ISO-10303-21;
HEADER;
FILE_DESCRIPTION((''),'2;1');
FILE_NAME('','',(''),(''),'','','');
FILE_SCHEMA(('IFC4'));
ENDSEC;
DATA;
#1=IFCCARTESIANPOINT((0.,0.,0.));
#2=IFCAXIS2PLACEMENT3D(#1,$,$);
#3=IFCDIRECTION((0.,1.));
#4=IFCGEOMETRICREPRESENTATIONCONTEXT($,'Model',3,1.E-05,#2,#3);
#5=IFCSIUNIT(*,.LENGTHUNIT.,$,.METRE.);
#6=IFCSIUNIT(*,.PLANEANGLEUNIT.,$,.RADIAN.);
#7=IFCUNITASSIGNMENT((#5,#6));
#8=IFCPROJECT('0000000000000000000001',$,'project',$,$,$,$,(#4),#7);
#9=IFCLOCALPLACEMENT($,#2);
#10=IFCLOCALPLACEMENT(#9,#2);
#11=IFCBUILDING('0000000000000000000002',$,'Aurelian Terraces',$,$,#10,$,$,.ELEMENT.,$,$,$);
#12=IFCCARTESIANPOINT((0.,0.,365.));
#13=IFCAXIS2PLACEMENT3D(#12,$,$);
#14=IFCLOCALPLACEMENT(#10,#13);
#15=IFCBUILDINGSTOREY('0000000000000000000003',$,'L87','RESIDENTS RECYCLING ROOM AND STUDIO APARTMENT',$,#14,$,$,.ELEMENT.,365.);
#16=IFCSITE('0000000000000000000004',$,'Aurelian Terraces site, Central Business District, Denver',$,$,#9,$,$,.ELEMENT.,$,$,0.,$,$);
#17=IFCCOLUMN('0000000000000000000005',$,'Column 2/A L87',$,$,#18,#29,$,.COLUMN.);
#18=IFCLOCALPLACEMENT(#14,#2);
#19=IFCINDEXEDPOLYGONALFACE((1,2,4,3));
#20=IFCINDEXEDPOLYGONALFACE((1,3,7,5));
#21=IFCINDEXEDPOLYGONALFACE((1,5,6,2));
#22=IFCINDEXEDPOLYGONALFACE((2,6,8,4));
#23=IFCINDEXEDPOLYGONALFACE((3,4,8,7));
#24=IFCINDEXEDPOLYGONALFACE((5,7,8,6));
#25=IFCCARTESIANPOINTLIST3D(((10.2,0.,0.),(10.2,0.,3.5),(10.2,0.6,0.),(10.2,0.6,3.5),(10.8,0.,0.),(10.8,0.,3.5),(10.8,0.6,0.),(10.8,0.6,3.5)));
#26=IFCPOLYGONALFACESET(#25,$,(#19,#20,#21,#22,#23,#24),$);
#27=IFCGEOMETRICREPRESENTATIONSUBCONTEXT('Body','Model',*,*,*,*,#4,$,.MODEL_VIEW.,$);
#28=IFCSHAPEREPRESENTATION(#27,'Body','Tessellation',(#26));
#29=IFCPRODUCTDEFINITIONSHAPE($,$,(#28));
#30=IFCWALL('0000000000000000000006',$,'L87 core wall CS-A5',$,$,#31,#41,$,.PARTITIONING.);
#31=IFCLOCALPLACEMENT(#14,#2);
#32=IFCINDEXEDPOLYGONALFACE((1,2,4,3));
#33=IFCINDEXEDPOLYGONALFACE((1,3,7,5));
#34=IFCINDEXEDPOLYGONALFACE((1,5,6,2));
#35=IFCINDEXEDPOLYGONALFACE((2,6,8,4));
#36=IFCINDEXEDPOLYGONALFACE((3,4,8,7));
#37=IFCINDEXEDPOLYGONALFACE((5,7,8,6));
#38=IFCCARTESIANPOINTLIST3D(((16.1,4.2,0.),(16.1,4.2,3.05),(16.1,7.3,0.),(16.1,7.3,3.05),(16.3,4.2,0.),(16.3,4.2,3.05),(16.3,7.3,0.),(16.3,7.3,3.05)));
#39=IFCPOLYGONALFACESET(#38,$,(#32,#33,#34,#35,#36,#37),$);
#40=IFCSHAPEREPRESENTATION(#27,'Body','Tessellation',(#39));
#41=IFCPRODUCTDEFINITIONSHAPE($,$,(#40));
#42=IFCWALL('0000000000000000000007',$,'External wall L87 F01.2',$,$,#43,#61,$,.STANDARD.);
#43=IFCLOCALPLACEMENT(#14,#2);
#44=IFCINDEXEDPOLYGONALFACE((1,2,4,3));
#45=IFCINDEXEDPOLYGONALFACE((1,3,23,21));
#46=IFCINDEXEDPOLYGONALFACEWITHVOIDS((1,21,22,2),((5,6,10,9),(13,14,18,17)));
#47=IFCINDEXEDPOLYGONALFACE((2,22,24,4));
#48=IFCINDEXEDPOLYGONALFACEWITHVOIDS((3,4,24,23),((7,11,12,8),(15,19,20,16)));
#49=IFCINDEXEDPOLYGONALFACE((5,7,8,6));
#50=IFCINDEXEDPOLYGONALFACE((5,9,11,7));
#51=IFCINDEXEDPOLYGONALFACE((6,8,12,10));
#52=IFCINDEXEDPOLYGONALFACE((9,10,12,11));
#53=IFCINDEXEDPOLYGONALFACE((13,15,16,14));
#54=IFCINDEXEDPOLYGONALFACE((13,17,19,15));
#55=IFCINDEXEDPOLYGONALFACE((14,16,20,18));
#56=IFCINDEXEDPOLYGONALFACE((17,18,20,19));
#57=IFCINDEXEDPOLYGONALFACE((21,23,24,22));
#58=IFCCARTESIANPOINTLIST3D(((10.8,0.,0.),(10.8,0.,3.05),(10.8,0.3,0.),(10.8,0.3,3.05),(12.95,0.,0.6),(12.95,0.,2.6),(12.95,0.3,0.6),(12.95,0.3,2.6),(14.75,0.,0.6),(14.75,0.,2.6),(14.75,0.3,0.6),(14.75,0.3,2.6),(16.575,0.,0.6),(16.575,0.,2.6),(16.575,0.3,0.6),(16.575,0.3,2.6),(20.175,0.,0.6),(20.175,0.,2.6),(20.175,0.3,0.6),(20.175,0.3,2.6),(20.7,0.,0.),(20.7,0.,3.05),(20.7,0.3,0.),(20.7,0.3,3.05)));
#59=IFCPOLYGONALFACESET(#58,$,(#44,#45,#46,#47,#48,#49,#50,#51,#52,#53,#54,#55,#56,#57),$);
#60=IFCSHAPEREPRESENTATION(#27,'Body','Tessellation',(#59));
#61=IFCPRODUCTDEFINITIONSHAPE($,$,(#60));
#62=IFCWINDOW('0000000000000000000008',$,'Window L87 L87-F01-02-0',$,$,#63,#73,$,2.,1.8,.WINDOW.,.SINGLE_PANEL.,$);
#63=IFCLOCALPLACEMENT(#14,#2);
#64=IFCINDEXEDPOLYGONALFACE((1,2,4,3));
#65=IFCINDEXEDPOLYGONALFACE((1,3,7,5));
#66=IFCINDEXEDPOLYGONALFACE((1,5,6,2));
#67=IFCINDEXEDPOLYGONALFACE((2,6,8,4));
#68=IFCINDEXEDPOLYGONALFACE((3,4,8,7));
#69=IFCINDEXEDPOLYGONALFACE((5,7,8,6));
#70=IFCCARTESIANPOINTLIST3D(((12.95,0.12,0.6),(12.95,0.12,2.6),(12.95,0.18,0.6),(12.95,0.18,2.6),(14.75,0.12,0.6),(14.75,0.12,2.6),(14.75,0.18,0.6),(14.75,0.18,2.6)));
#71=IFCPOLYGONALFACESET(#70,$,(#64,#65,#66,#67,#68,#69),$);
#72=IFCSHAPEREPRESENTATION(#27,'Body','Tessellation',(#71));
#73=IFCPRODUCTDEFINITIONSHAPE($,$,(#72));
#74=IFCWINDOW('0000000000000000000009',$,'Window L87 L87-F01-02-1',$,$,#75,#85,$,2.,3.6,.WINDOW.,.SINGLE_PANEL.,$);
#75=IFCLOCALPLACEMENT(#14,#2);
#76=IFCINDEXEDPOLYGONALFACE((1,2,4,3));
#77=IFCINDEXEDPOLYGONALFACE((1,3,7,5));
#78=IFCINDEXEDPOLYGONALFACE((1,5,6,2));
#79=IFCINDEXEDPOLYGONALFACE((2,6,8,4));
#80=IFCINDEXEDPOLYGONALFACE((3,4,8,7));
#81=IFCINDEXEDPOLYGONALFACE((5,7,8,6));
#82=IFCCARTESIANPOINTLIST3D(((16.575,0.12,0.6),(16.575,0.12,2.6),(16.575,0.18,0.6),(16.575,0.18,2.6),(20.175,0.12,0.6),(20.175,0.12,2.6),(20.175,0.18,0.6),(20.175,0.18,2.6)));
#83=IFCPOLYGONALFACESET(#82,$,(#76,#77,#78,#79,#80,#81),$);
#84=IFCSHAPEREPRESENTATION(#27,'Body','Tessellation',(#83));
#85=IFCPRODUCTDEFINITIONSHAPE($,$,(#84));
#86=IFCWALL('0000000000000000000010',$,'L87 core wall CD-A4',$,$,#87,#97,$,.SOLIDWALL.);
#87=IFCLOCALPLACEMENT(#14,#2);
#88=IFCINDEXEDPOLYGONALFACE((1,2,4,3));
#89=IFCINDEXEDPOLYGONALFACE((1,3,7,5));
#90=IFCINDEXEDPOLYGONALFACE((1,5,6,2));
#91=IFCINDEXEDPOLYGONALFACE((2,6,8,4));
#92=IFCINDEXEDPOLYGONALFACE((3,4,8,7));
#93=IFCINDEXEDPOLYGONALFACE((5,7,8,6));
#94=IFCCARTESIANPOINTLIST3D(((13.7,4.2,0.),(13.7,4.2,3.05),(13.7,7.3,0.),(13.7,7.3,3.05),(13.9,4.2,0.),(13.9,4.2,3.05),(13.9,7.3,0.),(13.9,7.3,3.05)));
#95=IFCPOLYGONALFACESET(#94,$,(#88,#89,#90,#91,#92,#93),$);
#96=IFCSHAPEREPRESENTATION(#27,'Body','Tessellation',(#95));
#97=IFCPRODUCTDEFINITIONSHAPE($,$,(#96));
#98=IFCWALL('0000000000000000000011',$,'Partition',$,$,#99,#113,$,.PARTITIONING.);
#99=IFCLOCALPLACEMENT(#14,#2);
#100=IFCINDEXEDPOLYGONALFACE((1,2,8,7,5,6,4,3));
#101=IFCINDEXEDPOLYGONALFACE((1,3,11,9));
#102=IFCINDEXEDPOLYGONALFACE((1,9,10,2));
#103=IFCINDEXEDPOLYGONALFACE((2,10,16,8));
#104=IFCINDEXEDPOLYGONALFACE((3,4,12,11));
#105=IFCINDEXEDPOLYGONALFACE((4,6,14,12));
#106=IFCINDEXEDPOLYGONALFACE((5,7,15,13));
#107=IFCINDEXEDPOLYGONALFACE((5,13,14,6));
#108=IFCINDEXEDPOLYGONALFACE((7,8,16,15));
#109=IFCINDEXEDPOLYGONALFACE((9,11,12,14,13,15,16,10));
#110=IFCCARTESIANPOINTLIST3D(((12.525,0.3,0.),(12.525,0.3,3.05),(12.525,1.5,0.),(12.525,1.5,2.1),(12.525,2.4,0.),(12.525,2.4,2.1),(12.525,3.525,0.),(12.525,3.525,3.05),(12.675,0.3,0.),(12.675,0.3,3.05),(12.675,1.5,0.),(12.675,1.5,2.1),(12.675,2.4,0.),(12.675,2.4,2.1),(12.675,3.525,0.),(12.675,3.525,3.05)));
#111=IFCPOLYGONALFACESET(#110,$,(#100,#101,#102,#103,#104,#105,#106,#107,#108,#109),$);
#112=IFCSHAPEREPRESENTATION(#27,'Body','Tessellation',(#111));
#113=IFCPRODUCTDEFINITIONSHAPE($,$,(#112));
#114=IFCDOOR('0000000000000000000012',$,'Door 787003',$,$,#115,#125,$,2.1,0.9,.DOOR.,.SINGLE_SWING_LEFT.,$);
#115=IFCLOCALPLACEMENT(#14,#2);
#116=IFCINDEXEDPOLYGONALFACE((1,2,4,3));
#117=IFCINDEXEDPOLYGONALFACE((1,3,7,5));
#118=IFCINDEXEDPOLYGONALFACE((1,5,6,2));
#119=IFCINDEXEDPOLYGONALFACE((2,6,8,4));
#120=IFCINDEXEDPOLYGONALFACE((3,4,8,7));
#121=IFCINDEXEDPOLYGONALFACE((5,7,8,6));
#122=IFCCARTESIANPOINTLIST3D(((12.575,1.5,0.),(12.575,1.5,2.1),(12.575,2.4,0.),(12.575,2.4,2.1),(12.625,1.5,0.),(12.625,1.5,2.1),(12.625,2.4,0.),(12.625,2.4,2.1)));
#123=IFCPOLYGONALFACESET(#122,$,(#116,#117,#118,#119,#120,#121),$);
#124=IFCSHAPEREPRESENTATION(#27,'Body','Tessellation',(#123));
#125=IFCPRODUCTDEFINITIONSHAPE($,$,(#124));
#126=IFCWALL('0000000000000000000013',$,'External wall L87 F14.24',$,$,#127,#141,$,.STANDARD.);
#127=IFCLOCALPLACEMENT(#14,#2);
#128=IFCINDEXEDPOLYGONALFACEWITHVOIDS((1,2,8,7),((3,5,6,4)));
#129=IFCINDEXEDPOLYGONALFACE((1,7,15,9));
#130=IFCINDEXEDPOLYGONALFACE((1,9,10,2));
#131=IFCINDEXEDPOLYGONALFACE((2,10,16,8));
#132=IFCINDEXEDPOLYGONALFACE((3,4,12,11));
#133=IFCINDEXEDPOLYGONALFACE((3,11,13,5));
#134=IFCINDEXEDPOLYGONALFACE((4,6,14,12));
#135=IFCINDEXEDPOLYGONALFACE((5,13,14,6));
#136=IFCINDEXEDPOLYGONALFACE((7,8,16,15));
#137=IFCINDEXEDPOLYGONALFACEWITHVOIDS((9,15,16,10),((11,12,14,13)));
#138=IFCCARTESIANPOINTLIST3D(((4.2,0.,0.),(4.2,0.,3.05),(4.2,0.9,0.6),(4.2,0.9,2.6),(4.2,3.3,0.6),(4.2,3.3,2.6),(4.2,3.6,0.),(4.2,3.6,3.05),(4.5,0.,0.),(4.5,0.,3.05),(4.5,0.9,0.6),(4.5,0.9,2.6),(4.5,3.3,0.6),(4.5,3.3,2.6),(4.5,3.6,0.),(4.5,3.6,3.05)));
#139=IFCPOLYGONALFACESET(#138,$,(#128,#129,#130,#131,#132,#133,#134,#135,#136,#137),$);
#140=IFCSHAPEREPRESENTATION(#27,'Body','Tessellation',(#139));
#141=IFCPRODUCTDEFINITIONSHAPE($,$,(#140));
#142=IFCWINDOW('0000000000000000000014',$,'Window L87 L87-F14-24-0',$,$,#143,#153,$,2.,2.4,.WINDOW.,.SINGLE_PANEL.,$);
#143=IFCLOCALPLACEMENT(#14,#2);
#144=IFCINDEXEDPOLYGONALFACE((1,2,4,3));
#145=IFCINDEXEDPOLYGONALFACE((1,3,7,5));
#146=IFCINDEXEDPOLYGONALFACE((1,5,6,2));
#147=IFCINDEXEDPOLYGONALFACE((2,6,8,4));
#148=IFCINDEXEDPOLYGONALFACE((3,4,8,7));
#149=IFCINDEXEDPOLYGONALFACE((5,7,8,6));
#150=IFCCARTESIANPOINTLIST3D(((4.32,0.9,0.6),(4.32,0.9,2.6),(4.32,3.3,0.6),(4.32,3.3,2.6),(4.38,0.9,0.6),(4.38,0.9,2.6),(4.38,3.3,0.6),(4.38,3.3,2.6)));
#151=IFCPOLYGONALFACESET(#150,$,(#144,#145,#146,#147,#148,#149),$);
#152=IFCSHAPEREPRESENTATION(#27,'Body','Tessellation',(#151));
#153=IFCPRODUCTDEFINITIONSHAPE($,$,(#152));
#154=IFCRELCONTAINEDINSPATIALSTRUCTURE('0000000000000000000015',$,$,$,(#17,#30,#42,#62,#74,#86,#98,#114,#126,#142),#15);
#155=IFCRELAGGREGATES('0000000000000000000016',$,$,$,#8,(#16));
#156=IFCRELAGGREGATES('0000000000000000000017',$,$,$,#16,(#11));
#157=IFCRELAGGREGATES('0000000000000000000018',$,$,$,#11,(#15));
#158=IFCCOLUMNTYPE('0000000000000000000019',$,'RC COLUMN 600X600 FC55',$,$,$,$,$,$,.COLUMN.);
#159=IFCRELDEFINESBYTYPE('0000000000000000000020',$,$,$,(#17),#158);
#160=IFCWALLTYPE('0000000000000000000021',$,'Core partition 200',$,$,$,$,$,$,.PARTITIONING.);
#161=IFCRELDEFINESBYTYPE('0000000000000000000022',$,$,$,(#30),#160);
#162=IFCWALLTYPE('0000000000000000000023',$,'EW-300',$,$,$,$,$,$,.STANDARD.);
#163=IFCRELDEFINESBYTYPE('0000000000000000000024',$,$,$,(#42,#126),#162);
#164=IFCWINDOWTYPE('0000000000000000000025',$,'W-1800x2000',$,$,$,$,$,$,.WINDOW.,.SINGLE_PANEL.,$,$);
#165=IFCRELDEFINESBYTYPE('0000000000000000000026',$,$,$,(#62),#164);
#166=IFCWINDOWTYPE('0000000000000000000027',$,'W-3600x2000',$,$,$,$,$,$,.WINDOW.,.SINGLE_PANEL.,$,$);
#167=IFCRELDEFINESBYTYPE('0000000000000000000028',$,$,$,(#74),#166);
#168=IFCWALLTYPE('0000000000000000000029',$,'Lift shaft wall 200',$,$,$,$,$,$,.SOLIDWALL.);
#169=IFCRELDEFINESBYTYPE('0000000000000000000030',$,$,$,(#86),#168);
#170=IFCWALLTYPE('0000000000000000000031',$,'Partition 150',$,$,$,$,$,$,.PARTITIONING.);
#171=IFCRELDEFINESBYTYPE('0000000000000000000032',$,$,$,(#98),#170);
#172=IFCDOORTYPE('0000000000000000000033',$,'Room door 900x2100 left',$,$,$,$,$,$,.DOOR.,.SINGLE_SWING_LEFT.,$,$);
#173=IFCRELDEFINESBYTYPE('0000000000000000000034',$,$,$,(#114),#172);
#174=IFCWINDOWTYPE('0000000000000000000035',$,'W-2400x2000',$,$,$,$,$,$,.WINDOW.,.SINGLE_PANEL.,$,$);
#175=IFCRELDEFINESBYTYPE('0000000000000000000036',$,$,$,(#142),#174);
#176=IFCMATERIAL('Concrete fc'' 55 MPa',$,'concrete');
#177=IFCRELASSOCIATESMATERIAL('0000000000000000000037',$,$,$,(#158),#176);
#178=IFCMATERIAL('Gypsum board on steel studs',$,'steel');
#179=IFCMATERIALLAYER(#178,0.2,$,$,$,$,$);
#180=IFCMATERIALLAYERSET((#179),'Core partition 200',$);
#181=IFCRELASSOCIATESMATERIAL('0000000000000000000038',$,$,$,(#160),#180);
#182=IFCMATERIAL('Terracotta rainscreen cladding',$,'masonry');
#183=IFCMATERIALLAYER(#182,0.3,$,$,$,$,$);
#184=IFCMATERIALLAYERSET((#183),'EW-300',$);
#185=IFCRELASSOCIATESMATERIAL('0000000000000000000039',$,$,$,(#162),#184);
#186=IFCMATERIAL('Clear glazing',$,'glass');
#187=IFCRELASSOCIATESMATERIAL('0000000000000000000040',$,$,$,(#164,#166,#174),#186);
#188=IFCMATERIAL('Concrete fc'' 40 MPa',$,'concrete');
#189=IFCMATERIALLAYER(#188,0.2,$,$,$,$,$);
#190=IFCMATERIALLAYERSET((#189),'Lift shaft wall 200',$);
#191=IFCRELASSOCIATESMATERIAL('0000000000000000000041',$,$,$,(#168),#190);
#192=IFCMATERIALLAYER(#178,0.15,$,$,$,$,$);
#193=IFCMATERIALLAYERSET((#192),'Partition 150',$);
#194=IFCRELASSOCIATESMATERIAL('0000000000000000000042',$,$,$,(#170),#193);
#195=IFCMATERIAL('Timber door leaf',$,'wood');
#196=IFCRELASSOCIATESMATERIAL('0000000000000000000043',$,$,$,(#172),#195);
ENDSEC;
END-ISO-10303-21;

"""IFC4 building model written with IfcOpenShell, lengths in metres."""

from ifc_helpers import new_model, si_unit, direction, frame, frame_2d, origin, origin_2d, place, context, subcontext, project, spatial, rectangle, extrude, source, transform, mapped, material, layer, layer_set, material_profile, profile_set, type_object, element, fill, save


model = new_model("IFC4")

# Units and contexts
model_context = context("Model", 3, precision=1e-05, world=origin(), true_north=direction((0.0, 1.0)))
body_context = subcontext(model_context, "Body", "Model", "MODEL_VIEW")
ifc_project = project(units=[si_unit("LENGTHUNIT", "METRE"), si_unit("PLANEANGLEUNIT", "RADIAN")], contexts=[model_context])

# Site, building, storey
site_placement = place(None, origin())
site = spatial("IfcSite", under=ifc_project, at=site_placement, Name="Aurelian Terraces site, Central Business District, Denver", CompositionType="ELEMENT", RefElevation=0.0)
building_placement = place(site_placement, origin())
building = spatial("IfcBuilding", under=site, at=building_placement, Name="Aurelian Terraces", CompositionType="ELEMENT")
storey_placement = place(building_placement, frame((0.0, 0.0, 365.0)))
storey = spatial("IfcBuildingStorey", under=building, at=storey_placement, Name="L87", Description="RESIDENTS RECYCLING ROOM AND STUDIO APARTMENT", CompositionType="ELEMENT", Elevation=365.0)

# Column
ifc_material_1 = material(Name="Concrete fc' 55 MPa", Category="concrete")
ifc_material_profile = material_profile(ifc_material_1, rectangle(XDim=0.6, YDim=0.6, at=origin_2d()))
ifc_profile_set = profile_set([ifc_material_profile], Name="Concrete fc' 55 MPa")
column_type = type_object("IfcColumnType", Name="RC COLUMN 600X600 FC55", PredefinedType="COLUMN", material=ifc_profile_set)
shared_shape_1 = source(origin(), body_context, "Body", "SweptSolid", [
    extrude(rectangle(XDim=0.6, YDim=0.6, at=origin_2d()), origin(), (0.0, 0.0, 1.0), 3.5),
])
column_placement = place(storey_placement, frame((10.5, 0.3, 0.0), z_axis=(0.0, 0.0, 1.0), x_axis=(1.0, 0.0, 0.0)))
element("IfcColumn", 1, at=column_placement, inside=storey, type_object=column_type, Name="Column 2/A L87", PredefinedType="COLUMN", context=body_context, shape_type="MappedRepresentation", body=[
    mapped(shared_shape_1, transform((0.0, 0.0, 0.0), scale=1.0)),
])

# Wall
ifc_material_2 = material(Name="Gypsum board on steel studs", Category="steel")
ifc_layer_1 = layer(ifc_material_2, 0.2)
ifc_layer_set_1 = layer_set([ifc_layer_1], Name="Core partition 200")
wall_type_1 = type_object("IfcWallType", Name="Core partition 200", PredefinedType="PARTITIONING", material=ifc_layer_set_1)
wall_1_placement = place(storey_placement, frame((16.2, 4.2, 0.0), z_axis=(0.0, 0.0, 1.0), x_axis=(0.0, 1.0, 0.0)))
element("IfcWall", 2, at=wall_1_placement, inside=storey, type_object=wall_type_1, Name="L87 core wall CS-A5", PredefinedType="PARTITIONING", context=body_context, shape_type="SweptSolid", body=[
    extrude(rectangle(XDim=3.1, YDim=0.2, at=frame_2d((1.55, 0.0))), origin(), (0.0, 0.0, 1.0), 3.05),
])

# Wall, openings, windows
ifc_material_3 = material(Name="Terracotta rainscreen cladding", Category="masonry")
ifc_layer_2 = layer(ifc_material_3, 0.3)
ifc_layer_set_2 = layer_set([ifc_layer_2], Name="EW-300")
wall_type_2 = type_object("IfcWallType", Name="EW-300", PredefinedType="STANDARD", material=ifc_layer_set_2)
wall_2_placement = place(storey_placement, frame((10.8, 0.15, 0.0), z_axis=(0.0, 0.0, 1.0), x_axis=(1.0, 0.0, 0.0)))
wall_2 = element("IfcWall", 3, at=wall_2_placement, inside=storey, type_object=wall_type_2, Name="External wall L87 F01.2", PredefinedType="STANDARD", context=body_context, shape_type="SweptSolid", body=[
    extrude(rectangle(XDim=9.9, YDim=0.3, at=frame_2d((4.95, 0.0))), origin(), (0.0, 0.0, 1.0), 3.05),
])
shared_shape_2 = source(origin(), body_context, "Body", "SweptSolid", [
    extrude(rectangle(XDim=1.8, YDim=2.0, at=frame_2d((0.9, 1.0))), frame((0.0, 0.16, 0.0), z_axis=(0.0, -1.0, 0.0), x_axis=(1.0, 0.0, 0.0)), (0.0, 0.0, 1.0), 0.32),
])
opening_1_placement = place(wall_2_placement, frame((2.15, 0.0, 0.6)))
opening_1 = element("IfcOpeningElement", 4, at=opening_1_placement, cuts=wall_2, PredefinedType="OPENING", context=body_context, shape_type="MappedRepresentation", body=[
    mapped(shared_shape_2, transform((0.0, 0.0, 0.0), scale=1.0)),
])
shared_shape_3 = source(origin(), body_context, "Body", "SweptSolid", [
    extrude(rectangle(XDim=3.6, YDim=2.0, at=frame_2d((1.8, 1.0))), frame((0.0, 0.16, 0.0), z_axis=(0.0, -1.0, 0.0), x_axis=(1.0, 0.0, 0.0)), (0.0, 0.0, 1.0), 0.32),
])
opening_2_placement = place(wall_2_placement, frame((5.775, 0.0, 0.6)))
opening_2 = element("IfcOpeningElement", 5, at=opening_2_placement, cuts=wall_2, PredefinedType="OPENING", context=body_context, shape_type="MappedRepresentation", body=[
    mapped(shared_shape_3, transform((0.0, 0.0, 0.0), scale=1.0)),
])
ifc_material_4 = material(Name="Clear glazing", Category="glass")
window_type_1 = type_object("IfcWindowType", Name="W-1800x2000", PartitioningType="SINGLE_PANEL", PredefinedType="WINDOW", material=ifc_material_4)
shared_shape_4 = source(origin(), body_context, "Body", "SweptSolid", [
    extrude(rectangle(XDim=1.8, YDim=2.0, at=frame_2d((0.9, 1.0))), frame((0.0, 0.03, 0.0), z_axis=(0.0, -1.0, 0.0), x_axis=(1.0, 0.0, 0.0)), (0.0, 0.0, 1.0), 0.06),
])
window_1_placement = place(opening_1_placement, origin())
window_1 = element("IfcWindow", 6, at=window_1_placement, inside=storey, type_object=window_type_1, Name="Window L87 L87-F01-02-0", OverallHeight=2.0, OverallWidth=1.8, PartitioningType="SINGLE_PANEL", PredefinedType="WINDOW", context=body_context, shape_type="MappedRepresentation", body=[
    mapped(shared_shape_4, transform((0.0, 0.0, 0.0), scale=1.0)),
])
fill(opening_1, window_1)
window_type_2 = type_object("IfcWindowType", Name="W-3600x2000", PartitioningType="SINGLE_PANEL", PredefinedType="WINDOW", material=ifc_material_4)
shared_shape_5 = source(origin(), body_context, "Body", "SweptSolid", [
    extrude(rectangle(XDim=3.6, YDim=2.0, at=frame_2d((1.8, 1.0))), frame((0.0, 0.03, 0.0), z_axis=(0.0, -1.0, 0.0), x_axis=(1.0, 0.0, 0.0)), (0.0, 0.0, 1.0), 0.06),
])
window_2_placement = place(opening_2_placement, origin())
window_2 = element("IfcWindow", 7, at=window_2_placement, inside=storey, type_object=window_type_2, Name="Window L87 L87-F01-02-1", OverallHeight=2.0, OverallWidth=3.6, PartitioningType="SINGLE_PANEL", PredefinedType="WINDOW", context=body_context, shape_type="MappedRepresentation", body=[
    mapped(shared_shape_5, transform((0.0, 0.0, 0.0), scale=1.0)),
])
fill(opening_2, window_2)

# Wall
ifc_material_5 = material(Name="Concrete fc' 40 MPa", Category="concrete")
ifc_layer_3 = layer(ifc_material_5, 0.2)
ifc_layer_set_3 = layer_set([ifc_layer_3], Name="Lift shaft wall 200")
wall_type_3 = type_object("IfcWallType", Name="Lift shaft wall 200", PredefinedType="SOLIDWALL", material=ifc_layer_set_3)
wall_3_placement = place(storey_placement, frame((13.8, 4.2, 0.0), z_axis=(0.0, 0.0, 1.0), x_axis=(0.0, 1.0, 0.0)))
element("IfcWall", 8, at=wall_3_placement, inside=storey, type_object=wall_type_3, Name="L87 core wall CD-A4", PredefinedType="SOLIDWALL", context=body_context, shape_type="SweptSolid", body=[
    extrude(rectangle(XDim=3.1, YDim=0.2, at=frame_2d((1.55, 0.0))), origin(), (0.0, 0.0, 1.0), 3.05),
])

# Wall, opening, door
ifc_layer_4 = layer(ifc_material_2, 0.15)
ifc_layer_set_4 = layer_set([ifc_layer_4], Name="Partition 150")
wall_type_4 = type_object("IfcWallType", Name="Partition 150", PredefinedType="PARTITIONING", material=ifc_layer_set_4)
wall_4_placement = place(storey_placement, frame((12.6, 3.525, 0.0), z_axis=(0.0, 0.0, 1.0), x_axis=(0.0, -1.0, 0.0)))
wall_4 = element("IfcWall", 9, at=wall_4_placement, inside=storey, type_object=wall_type_4, Name="Partition", PredefinedType="PARTITIONING", context=body_context, shape_type="SweptSolid", body=[
    extrude(rectangle(XDim=3.225, YDim=0.15, at=frame_2d((1.6125, 0.0))), origin(), (0.0, 0.0, 1.0), 3.05),
])
shared_shape_6 = source(origin(), body_context, "Body", "SweptSolid", [
    extrude(rectangle(XDim=0.9, YDim=2.1, at=frame_2d((0.45, 1.05))), frame((0.0, 0.085, 0.0), z_axis=(0.0, -1.0, 0.0), x_axis=(1.0, 0.0, 0.0)), (0.0, 0.0, 1.0), 0.17),
])
opening_3_placement = place(wall_4_placement, frame((1.125, 0.0, 0.0)))
opening_3 = element("IfcOpeningElement", 10, at=opening_3_placement, cuts=wall_4, PredefinedType="OPENING", context=body_context, shape_type="MappedRepresentation", body=[
    mapped(shared_shape_6, transform((0.0, 0.0, 0.0), scale=1.0)),
])
ifc_material_6 = material(Name="Timber door leaf", Category="wood")
door_type_1 = type_object("IfcDoorType", Name="Room door 900x2100 left", OperationType="SINGLE_SWING_LEFT", PredefinedType="DOOR", material=ifc_material_6)
shared_shape_7 = source(origin(), body_context, "Body", "SweptSolid", [
    extrude(rectangle(XDim=0.9, YDim=2.1, at=frame_2d((0.45, 1.05))), frame((0.0, 0.025, 0.0), z_axis=(0.0, -1.0, 0.0), x_axis=(1.0, 0.0, 0.0)), (0.0, 0.0, 1.0), 0.05),
])
door_1_placement = place(opening_3_placement, origin())
door_1 = element("IfcDoor", 11, at=door_1_placement, inside=storey, type_object=door_type_1, Name="Door 787003", OperationType="SINGLE_SWING_LEFT", OverallHeight=2.1, OverallWidth=0.9, PredefinedType="DOOR", context=body_context, shape_type="MappedRepresentation", body=[
    mapped(shared_shape_7, transform((0.0, 0.0, 0.0), scale=1.0)),
])
fill(opening_3, door_1)

# Wall, opening, window
shared_shape_8 = source(origin(), body_context, "Body", "SweptSolid", [
    extrude(rectangle(XDim=3.6, YDim=0.3, at=frame_2d((1.8, 0.0))), origin(), (0.0, 0.0, 1.0), 3.05),
])
wall_5_placement = place(storey_placement, frame((4.35, 3.6, 0.0), z_axis=(0.0, 0.0, 1.0), x_axis=(0.0, -1.0, 0.0)))
wall_5 = element("IfcWall", 12, at=wall_5_placement, inside=storey, type_object=wall_type_2, Name="External wall L87 F14.24", PredefinedType="STANDARD", context=body_context, shape_type="MappedRepresentation", body=[
    mapped(shared_shape_8, transform((0.0, 0.0, 0.0), scale=1.0)),
])
shared_shape_9 = source(origin(), body_context, "Body", "SweptSolid", [
    extrude(rectangle(XDim=2.4, YDim=2.0, at=frame_2d((1.2, 1.0))), frame((0.0, 0.16, 0.0), z_axis=(0.0, -1.0, 0.0), x_axis=(1.0, 0.0, 0.0)), (0.0, 0.0, 1.0), 0.32),
])
opening_4_placement = place(wall_5_placement, frame((0.3, 0.0, 0.6)))
opening_4 = element("IfcOpeningElement", 13, at=opening_4_placement, cuts=wall_5, PredefinedType="OPENING", context=body_context, shape_type="MappedRepresentation", body=[
    mapped(shared_shape_9, transform((0.0, 0.0, 0.0), scale=1.0)),
])
window_type_3 = type_object("IfcWindowType", Name="W-2400x2000", PartitioningType="SINGLE_PANEL", PredefinedType="WINDOW", material=ifc_material_4)
shared_shape_10 = source(origin(), body_context, "Body", "SweptSolid", [
    extrude(rectangle(XDim=2.4, YDim=2.0, at=frame_2d((1.2, 1.0))), frame((0.0, 0.03, 0.0), z_axis=(0.0, -1.0, 0.0), x_axis=(1.0, 0.0, 0.0)), (0.0, 0.0, 1.0), 0.06),
])
window_3_placement = place(opening_4_placement, origin())
window_3 = element("IfcWindow", 14, at=window_3_placement, inside=storey, type_object=window_type_3, Name="Window L87 L87-F14-24-0", OverallHeight=2.0, OverallWidth=2.4, PartitioningType="SINGLE_PANEL", PredefinedType="WINDOW", context=body_context, shape_type="MappedRepresentation", body=[
    mapped(shared_shape_10, transform((0.0, 0.0, 0.0), scale=1.0)),
])
fill(opening_4, window_3)

save(model, "model.ifc")
